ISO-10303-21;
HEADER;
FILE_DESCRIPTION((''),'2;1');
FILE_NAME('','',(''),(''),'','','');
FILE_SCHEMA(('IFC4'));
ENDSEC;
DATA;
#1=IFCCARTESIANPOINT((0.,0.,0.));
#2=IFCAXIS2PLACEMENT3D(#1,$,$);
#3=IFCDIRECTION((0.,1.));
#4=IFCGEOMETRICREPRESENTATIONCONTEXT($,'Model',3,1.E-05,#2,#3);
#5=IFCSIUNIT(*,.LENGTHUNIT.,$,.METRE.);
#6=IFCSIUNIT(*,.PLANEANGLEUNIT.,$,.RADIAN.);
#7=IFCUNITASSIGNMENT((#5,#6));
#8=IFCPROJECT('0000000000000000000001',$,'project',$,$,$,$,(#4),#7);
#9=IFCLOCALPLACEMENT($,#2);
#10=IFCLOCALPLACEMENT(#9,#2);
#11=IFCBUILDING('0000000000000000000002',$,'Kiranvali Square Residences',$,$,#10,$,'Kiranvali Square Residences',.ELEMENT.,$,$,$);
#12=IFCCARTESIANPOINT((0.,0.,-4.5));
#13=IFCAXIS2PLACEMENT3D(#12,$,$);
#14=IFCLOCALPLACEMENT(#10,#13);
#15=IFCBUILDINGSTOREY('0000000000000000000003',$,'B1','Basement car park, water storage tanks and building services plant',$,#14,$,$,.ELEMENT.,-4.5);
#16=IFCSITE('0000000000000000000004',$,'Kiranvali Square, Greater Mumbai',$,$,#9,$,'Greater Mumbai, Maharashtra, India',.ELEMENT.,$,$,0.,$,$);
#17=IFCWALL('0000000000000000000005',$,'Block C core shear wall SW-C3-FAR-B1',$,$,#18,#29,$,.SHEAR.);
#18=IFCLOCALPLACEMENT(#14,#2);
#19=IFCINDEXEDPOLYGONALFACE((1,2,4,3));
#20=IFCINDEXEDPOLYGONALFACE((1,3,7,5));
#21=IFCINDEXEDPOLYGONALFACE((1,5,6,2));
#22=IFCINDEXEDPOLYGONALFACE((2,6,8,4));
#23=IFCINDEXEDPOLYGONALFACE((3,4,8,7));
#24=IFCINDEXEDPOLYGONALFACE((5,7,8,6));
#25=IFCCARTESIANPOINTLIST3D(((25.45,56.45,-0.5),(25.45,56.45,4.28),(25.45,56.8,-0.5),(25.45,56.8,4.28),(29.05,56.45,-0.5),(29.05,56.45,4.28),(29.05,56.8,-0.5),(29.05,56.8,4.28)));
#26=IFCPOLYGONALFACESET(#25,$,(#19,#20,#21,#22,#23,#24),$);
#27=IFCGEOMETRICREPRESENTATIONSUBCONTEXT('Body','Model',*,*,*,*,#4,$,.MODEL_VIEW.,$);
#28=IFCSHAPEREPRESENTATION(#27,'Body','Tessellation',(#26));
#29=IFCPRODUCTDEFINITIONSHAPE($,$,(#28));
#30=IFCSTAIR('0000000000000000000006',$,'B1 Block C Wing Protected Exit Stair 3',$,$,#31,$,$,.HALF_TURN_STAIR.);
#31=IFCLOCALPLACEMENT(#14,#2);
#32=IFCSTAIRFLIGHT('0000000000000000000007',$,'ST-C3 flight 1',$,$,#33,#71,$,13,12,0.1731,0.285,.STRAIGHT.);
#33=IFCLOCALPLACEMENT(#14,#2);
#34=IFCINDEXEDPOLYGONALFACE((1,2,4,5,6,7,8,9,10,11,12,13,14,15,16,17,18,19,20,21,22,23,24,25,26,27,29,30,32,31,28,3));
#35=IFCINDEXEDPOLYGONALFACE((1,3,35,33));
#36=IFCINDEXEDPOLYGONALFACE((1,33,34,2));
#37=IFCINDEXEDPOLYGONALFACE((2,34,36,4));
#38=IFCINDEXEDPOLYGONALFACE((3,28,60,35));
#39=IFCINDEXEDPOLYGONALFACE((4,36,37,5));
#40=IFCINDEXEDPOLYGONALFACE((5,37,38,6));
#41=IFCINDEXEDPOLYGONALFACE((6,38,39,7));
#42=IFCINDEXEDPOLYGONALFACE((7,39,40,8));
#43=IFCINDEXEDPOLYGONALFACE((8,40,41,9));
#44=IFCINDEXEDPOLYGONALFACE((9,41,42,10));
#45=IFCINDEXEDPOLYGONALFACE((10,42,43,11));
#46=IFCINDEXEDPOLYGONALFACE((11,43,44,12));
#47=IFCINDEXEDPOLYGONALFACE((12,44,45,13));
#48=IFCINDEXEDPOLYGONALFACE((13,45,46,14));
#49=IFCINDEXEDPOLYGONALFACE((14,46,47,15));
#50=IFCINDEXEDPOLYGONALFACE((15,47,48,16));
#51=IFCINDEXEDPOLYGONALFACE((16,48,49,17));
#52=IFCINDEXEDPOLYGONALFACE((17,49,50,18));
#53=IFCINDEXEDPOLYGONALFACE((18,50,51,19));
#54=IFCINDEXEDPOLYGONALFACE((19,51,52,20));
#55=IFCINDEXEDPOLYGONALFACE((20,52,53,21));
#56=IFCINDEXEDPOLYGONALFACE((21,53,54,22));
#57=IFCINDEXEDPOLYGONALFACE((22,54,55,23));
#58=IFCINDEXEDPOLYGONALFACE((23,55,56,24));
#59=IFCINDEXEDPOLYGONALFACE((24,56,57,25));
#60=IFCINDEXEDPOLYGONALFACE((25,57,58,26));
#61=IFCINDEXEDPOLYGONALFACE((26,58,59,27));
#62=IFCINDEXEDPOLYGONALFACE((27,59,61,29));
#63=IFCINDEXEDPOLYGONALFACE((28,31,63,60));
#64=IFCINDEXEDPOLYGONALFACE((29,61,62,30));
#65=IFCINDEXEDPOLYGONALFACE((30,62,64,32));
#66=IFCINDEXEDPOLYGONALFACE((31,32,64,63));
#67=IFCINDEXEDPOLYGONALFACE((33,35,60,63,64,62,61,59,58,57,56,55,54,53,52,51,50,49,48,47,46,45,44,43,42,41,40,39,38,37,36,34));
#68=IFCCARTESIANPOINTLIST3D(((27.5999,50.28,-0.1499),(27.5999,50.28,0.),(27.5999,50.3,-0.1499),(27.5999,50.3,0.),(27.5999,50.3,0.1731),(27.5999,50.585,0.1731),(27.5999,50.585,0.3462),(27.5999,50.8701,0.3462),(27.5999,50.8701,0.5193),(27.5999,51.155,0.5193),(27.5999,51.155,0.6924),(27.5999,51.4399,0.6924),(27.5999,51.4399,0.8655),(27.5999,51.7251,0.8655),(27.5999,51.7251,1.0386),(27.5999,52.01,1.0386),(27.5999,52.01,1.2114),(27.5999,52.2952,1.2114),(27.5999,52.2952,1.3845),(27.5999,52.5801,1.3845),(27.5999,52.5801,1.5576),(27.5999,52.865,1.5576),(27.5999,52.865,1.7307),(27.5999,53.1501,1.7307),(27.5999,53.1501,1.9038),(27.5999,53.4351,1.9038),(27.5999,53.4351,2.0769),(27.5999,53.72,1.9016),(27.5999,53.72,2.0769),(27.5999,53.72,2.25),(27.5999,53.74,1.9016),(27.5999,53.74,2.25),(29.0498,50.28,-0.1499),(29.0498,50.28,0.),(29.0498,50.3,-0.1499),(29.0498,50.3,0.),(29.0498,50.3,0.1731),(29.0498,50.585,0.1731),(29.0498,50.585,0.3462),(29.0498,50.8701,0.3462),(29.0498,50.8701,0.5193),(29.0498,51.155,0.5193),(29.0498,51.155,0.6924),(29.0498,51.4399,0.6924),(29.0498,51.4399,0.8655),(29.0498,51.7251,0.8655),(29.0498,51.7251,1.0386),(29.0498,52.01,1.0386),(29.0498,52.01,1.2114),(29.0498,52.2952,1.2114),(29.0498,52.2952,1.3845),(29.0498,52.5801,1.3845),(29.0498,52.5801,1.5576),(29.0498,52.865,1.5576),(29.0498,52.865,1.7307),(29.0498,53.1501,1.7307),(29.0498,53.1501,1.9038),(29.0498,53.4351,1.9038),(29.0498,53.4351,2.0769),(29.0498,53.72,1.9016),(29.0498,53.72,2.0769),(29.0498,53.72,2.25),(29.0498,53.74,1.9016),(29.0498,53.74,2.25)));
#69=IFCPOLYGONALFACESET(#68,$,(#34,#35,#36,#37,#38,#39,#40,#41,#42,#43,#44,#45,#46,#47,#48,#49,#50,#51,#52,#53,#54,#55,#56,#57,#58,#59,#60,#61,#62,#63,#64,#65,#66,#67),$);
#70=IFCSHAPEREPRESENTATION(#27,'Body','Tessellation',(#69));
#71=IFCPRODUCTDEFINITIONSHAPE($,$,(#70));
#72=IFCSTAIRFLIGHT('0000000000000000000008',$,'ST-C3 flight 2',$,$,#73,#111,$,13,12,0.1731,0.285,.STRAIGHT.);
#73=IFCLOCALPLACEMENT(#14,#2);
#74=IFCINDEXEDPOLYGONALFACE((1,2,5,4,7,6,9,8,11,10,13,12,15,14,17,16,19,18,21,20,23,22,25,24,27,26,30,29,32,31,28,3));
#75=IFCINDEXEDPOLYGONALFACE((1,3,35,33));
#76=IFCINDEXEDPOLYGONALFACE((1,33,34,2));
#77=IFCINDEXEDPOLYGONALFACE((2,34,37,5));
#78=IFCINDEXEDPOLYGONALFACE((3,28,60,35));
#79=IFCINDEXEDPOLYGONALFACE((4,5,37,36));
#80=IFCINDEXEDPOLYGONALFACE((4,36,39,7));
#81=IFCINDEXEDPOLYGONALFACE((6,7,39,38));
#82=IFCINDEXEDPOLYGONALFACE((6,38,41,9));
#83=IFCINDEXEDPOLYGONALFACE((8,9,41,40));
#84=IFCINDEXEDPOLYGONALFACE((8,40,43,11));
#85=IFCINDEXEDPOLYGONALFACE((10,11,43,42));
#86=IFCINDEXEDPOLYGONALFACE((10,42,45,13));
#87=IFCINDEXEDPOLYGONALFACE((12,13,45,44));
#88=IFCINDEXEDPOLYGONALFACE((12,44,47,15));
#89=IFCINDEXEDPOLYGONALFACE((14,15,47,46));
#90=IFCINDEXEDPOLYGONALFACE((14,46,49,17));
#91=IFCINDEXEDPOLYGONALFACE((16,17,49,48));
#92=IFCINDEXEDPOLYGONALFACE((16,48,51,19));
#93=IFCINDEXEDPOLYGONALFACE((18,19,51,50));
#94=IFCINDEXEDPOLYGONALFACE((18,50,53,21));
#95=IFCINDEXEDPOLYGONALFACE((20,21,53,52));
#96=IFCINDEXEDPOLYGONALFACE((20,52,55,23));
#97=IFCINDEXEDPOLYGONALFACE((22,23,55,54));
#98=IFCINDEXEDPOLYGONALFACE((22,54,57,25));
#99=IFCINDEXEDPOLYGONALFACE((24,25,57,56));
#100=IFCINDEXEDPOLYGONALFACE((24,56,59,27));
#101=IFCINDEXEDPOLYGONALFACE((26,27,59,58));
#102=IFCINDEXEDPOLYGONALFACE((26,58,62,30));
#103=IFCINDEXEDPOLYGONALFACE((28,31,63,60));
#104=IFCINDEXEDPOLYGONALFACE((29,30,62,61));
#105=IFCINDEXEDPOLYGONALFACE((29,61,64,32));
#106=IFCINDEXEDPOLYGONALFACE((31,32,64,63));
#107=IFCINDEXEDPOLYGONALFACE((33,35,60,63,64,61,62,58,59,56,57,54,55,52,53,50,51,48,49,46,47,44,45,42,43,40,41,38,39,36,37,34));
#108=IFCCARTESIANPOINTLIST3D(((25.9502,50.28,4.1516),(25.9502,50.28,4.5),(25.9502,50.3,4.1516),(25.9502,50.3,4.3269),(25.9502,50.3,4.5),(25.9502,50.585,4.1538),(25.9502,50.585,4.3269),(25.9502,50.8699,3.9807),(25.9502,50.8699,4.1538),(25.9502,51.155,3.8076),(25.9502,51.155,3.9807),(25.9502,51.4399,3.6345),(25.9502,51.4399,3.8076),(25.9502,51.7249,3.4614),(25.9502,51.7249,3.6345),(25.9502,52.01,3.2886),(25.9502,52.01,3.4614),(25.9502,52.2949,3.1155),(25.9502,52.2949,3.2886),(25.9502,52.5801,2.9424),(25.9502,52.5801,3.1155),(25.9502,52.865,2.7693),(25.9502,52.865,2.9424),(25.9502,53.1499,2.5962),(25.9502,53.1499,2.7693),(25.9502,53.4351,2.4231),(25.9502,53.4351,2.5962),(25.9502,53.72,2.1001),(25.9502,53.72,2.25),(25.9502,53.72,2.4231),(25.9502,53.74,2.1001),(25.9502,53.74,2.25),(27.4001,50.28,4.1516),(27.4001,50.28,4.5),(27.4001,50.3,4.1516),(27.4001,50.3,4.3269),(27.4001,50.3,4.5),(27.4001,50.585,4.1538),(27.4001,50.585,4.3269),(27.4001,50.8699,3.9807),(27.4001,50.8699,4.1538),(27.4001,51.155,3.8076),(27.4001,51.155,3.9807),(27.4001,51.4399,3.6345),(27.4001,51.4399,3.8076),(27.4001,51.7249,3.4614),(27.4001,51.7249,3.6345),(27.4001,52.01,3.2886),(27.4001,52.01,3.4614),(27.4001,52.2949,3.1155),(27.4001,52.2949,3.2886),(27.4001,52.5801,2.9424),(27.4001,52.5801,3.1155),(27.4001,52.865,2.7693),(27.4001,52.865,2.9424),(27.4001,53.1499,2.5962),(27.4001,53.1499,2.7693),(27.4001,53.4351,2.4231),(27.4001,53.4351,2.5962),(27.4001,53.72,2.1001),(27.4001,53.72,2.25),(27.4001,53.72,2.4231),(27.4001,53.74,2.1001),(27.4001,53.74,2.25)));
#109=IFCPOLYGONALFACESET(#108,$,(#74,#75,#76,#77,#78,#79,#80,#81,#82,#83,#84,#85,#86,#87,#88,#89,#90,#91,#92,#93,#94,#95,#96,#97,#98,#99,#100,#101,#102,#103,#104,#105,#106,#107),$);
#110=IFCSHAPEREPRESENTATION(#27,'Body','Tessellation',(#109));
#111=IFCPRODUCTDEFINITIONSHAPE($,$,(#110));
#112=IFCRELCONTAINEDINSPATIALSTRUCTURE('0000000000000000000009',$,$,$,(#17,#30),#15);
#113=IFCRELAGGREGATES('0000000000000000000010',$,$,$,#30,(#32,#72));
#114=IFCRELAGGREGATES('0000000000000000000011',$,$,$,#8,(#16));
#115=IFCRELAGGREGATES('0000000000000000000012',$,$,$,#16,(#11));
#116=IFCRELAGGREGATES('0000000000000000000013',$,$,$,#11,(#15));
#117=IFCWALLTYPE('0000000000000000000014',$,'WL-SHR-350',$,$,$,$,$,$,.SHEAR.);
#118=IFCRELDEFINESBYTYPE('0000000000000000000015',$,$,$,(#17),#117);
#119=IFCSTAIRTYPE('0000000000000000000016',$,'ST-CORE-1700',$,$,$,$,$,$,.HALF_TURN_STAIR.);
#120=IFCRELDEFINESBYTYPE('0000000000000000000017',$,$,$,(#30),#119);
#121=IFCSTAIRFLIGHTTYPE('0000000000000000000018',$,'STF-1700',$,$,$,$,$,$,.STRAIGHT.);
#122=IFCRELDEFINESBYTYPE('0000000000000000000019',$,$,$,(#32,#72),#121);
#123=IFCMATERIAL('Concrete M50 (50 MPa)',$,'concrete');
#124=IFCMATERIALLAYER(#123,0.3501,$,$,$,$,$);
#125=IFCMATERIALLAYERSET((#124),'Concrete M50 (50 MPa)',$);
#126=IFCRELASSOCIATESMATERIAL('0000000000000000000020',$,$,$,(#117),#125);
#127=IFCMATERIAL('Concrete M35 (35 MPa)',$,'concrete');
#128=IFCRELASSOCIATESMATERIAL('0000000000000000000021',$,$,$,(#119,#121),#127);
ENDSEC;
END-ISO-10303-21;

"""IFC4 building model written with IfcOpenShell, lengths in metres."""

from ifc_helpers import new_model, si_unit, direction, frame, frame_2d, origin, place, context, subcontext, project, spatial, polyline, rectangle, outline, extrude, material, layer, layer_set, type_object, element, aggregate, save


model = new_model("IFC4")

# Units and contexts
model_context = context("Model", 3, precision=1e-05, world=origin(), true_north=direction((0.0, 1.0)))
body_context = subcontext(model_context, "Body", "Model", "MODEL_VIEW")
ifc_project = project(units=[si_unit("LENGTHUNIT", "METRE"), si_unit("PLANEANGLEUNIT", "RADIAN")], contexts=[model_context])

# Site, building, storey
site_placement = place(None, origin())
site = spatial("IfcSite", under=ifc_project, at=site_placement, Name="Kiranvali Square, Greater Mumbai", LongName="Greater Mumbai, Maharashtra, India", CompositionType="ELEMENT", RefElevation=0.0)
building_placement = place(site_placement, origin())
building = spatial("IfcBuilding", under=site, at=building_placement, Name="Kiranvali Square Residences", LongName="Kiranvali Square Residences", CompositionType="ELEMENT")
storey_placement = place(building_placement, frame((0.0, 0.0, -4.5)))
storey = spatial("IfcBuildingStorey", under=building, at=storey_placement, Name="B1", Description="Basement car park, water storage tanks and building services plant", CompositionType="ELEMENT", Elevation=-4.5)

# Shared definitions
ifc_material_1 = material(Name="Concrete M50 (50 MPa)", Category="concrete")

# Wall
ifc_layer = layer(ifc_material_1, 0.3501)
ifc_layer_set = layer_set([ifc_layer], Name="Concrete M50 (50 MPa)")
wall_type = type_object("IfcWallType", Name="WL-SHR-350", PredefinedType="SHEAR", material=ifc_layer_set)
for number, where, z_axis, x_axis, name in (
    (1, (29.05, 56.625, -0.5), (0.0, 0.0, 1.0), (-1.0, 0.0, 0.0), "Block C core shear wall SW-C3-FAR-B1"),
):
    element("IfcWall", number, at=place(storey_placement, frame(where, z_axis=z_axis, x_axis=x_axis)), inside=storey, type_object=wall_type, Name=name, PredefinedType="SHEAR", context=body_context, shape_type="SweptSolid", body=[
        extrude(rectangle(XDim=3.6001, YDim=0.3501, at=frame_2d((1.8, 0.0))), origin(), (0.0, 0.0, 1.0), 4.78),
    ])

# Stair, stair flights
ifc_material_2 = material(Name="Concrete M35 (35 MPa)", Category="concrete")
stair_type = type_object("IfcStairType", Name="ST-CORE-1700", PredefinedType="HALF_TURN_STAIR", material=ifc_material_2)
stair_placement = place(storey_placement, origin())
stair = element("IfcStair", 2, at=stair_placement, inside=storey, type_object=stair_type, Name="B1 Block C Wing Protected Exit Stair 3", PredefinedType="HALF_TURN_STAIR")
stair_flight_type = type_object("IfcStairFlightType", Name="STF-1700", PredefinedType="STRAIGHT", material=ifc_material_2)
stair_flight_1_placement = place(storey_placement, frame((28.325, 50.3, 0.0), z_axis=(0.0, 0.0, 1.0), x_axis=(0.0, 1.0, 0.0)))
stair_flight_1 = element("IfcStairFlight", 3, at=stair_flight_1_placement, type_object=stair_flight_type, Name="ST-C3 flight 1", NumberOfRisers=13, NumberOfTreads=12, PredefinedType="STRAIGHT", RiserHeight=0.1731, TreadLength=0.285, context=body_context, shape_type="SweptSolid", body=[
    extrude(outline(polyline([(-0.02, -0.1499), (-0.02, 0.0), (0.0, 0.0), (0.0, 0.1731), (0.2849, 0.1731), (0.2849, 0.3462), (0.5701, 0.3462), (0.5701, 0.5193), (0.855, 0.5193), (0.855, 0.6924), (1.1399, 0.6924), (1.1399, 0.8655), (1.425, 0.8655), (1.425, 1.0386), (1.71, 1.0386), (1.71, 1.2114), (1.9951, 1.2114), (1.9951, 1.3845), (2.28, 1.3845), (2.28, 1.5576), (2.5649, 1.5576), (2.5649, 1.7307), (2.8501, 1.7307), (2.8501, 1.9038), (3.135, 1.9038), (3.135, 2.0769), (3.4199, 2.0769), (3.4199, 2.25), (3.4399, 2.25), (3.4399, 1.9016), (3.4199, 1.9016), (0.0, -0.1499), (-0.02, -0.1499)])), frame((0.0, 0.7251, 0.0), z_axis=(0.0, -1.0, 0.0), x_axis=(1.0, 0.0, 0.0)), (0.0, 0.0, 1.0), 1.45),
])
stair_flight_2_placement = place(storey_placement, frame((26.675, 53.72, 2.25), z_axis=(0.0, 0.0, 1.0), x_axis=(0.0, -1.0, 0.0)))
stair_flight_2 = element("IfcStairFlight", 4, at=stair_flight_2_placement, type_object=stair_flight_type, Name="ST-C3 flight 2", NumberOfRisers=13, NumberOfTreads=12, PredefinedType="STRAIGHT", RiserHeight=0.1731, TreadLength=0.285, context=body_context, shape_type="SweptSolid", body=[
    extrude(outline(polyline([(-0.02, -0.1499), (-0.02, 0.0), (0.0, 0.0), (0.0, 0.1731), (0.2849, 0.1731), (0.2849, 0.3462), (0.5701, 0.3462), (0.5701, 0.5193), (0.855, 0.5193), (0.855, 0.6924), (1.1399, 0.6924), (1.1399, 0.8655), (1.425, 0.8655), (1.425, 1.0386), (1.71, 1.0386), (1.71, 1.2114), (1.9951, 1.2114), (1.9951, 1.3845), (2.28, 1.3845), (2.28, 1.5576), (2.5649, 1.5576), (2.5649, 1.7307), (2.8501, 1.7307), (2.8501, 1.9038), (3.135, 1.9038), (3.135, 2.0769), (3.4199, 2.0769), (3.4199, 2.25), (3.4399, 2.25), (3.4399, 1.9016), (3.4199, 1.9016), (0.0, -0.1499), (-0.02, -0.1499)])), frame((0.0, 0.7251, 0.0), z_axis=(0.0, -1.0, 0.0), x_axis=(1.0, 0.0, 0.0)), (0.0, 0.0, 1.0), 1.45),
])
aggregate(stair, [stair_flight_1, stair_flight_2])

save(model, "model.ifc")
